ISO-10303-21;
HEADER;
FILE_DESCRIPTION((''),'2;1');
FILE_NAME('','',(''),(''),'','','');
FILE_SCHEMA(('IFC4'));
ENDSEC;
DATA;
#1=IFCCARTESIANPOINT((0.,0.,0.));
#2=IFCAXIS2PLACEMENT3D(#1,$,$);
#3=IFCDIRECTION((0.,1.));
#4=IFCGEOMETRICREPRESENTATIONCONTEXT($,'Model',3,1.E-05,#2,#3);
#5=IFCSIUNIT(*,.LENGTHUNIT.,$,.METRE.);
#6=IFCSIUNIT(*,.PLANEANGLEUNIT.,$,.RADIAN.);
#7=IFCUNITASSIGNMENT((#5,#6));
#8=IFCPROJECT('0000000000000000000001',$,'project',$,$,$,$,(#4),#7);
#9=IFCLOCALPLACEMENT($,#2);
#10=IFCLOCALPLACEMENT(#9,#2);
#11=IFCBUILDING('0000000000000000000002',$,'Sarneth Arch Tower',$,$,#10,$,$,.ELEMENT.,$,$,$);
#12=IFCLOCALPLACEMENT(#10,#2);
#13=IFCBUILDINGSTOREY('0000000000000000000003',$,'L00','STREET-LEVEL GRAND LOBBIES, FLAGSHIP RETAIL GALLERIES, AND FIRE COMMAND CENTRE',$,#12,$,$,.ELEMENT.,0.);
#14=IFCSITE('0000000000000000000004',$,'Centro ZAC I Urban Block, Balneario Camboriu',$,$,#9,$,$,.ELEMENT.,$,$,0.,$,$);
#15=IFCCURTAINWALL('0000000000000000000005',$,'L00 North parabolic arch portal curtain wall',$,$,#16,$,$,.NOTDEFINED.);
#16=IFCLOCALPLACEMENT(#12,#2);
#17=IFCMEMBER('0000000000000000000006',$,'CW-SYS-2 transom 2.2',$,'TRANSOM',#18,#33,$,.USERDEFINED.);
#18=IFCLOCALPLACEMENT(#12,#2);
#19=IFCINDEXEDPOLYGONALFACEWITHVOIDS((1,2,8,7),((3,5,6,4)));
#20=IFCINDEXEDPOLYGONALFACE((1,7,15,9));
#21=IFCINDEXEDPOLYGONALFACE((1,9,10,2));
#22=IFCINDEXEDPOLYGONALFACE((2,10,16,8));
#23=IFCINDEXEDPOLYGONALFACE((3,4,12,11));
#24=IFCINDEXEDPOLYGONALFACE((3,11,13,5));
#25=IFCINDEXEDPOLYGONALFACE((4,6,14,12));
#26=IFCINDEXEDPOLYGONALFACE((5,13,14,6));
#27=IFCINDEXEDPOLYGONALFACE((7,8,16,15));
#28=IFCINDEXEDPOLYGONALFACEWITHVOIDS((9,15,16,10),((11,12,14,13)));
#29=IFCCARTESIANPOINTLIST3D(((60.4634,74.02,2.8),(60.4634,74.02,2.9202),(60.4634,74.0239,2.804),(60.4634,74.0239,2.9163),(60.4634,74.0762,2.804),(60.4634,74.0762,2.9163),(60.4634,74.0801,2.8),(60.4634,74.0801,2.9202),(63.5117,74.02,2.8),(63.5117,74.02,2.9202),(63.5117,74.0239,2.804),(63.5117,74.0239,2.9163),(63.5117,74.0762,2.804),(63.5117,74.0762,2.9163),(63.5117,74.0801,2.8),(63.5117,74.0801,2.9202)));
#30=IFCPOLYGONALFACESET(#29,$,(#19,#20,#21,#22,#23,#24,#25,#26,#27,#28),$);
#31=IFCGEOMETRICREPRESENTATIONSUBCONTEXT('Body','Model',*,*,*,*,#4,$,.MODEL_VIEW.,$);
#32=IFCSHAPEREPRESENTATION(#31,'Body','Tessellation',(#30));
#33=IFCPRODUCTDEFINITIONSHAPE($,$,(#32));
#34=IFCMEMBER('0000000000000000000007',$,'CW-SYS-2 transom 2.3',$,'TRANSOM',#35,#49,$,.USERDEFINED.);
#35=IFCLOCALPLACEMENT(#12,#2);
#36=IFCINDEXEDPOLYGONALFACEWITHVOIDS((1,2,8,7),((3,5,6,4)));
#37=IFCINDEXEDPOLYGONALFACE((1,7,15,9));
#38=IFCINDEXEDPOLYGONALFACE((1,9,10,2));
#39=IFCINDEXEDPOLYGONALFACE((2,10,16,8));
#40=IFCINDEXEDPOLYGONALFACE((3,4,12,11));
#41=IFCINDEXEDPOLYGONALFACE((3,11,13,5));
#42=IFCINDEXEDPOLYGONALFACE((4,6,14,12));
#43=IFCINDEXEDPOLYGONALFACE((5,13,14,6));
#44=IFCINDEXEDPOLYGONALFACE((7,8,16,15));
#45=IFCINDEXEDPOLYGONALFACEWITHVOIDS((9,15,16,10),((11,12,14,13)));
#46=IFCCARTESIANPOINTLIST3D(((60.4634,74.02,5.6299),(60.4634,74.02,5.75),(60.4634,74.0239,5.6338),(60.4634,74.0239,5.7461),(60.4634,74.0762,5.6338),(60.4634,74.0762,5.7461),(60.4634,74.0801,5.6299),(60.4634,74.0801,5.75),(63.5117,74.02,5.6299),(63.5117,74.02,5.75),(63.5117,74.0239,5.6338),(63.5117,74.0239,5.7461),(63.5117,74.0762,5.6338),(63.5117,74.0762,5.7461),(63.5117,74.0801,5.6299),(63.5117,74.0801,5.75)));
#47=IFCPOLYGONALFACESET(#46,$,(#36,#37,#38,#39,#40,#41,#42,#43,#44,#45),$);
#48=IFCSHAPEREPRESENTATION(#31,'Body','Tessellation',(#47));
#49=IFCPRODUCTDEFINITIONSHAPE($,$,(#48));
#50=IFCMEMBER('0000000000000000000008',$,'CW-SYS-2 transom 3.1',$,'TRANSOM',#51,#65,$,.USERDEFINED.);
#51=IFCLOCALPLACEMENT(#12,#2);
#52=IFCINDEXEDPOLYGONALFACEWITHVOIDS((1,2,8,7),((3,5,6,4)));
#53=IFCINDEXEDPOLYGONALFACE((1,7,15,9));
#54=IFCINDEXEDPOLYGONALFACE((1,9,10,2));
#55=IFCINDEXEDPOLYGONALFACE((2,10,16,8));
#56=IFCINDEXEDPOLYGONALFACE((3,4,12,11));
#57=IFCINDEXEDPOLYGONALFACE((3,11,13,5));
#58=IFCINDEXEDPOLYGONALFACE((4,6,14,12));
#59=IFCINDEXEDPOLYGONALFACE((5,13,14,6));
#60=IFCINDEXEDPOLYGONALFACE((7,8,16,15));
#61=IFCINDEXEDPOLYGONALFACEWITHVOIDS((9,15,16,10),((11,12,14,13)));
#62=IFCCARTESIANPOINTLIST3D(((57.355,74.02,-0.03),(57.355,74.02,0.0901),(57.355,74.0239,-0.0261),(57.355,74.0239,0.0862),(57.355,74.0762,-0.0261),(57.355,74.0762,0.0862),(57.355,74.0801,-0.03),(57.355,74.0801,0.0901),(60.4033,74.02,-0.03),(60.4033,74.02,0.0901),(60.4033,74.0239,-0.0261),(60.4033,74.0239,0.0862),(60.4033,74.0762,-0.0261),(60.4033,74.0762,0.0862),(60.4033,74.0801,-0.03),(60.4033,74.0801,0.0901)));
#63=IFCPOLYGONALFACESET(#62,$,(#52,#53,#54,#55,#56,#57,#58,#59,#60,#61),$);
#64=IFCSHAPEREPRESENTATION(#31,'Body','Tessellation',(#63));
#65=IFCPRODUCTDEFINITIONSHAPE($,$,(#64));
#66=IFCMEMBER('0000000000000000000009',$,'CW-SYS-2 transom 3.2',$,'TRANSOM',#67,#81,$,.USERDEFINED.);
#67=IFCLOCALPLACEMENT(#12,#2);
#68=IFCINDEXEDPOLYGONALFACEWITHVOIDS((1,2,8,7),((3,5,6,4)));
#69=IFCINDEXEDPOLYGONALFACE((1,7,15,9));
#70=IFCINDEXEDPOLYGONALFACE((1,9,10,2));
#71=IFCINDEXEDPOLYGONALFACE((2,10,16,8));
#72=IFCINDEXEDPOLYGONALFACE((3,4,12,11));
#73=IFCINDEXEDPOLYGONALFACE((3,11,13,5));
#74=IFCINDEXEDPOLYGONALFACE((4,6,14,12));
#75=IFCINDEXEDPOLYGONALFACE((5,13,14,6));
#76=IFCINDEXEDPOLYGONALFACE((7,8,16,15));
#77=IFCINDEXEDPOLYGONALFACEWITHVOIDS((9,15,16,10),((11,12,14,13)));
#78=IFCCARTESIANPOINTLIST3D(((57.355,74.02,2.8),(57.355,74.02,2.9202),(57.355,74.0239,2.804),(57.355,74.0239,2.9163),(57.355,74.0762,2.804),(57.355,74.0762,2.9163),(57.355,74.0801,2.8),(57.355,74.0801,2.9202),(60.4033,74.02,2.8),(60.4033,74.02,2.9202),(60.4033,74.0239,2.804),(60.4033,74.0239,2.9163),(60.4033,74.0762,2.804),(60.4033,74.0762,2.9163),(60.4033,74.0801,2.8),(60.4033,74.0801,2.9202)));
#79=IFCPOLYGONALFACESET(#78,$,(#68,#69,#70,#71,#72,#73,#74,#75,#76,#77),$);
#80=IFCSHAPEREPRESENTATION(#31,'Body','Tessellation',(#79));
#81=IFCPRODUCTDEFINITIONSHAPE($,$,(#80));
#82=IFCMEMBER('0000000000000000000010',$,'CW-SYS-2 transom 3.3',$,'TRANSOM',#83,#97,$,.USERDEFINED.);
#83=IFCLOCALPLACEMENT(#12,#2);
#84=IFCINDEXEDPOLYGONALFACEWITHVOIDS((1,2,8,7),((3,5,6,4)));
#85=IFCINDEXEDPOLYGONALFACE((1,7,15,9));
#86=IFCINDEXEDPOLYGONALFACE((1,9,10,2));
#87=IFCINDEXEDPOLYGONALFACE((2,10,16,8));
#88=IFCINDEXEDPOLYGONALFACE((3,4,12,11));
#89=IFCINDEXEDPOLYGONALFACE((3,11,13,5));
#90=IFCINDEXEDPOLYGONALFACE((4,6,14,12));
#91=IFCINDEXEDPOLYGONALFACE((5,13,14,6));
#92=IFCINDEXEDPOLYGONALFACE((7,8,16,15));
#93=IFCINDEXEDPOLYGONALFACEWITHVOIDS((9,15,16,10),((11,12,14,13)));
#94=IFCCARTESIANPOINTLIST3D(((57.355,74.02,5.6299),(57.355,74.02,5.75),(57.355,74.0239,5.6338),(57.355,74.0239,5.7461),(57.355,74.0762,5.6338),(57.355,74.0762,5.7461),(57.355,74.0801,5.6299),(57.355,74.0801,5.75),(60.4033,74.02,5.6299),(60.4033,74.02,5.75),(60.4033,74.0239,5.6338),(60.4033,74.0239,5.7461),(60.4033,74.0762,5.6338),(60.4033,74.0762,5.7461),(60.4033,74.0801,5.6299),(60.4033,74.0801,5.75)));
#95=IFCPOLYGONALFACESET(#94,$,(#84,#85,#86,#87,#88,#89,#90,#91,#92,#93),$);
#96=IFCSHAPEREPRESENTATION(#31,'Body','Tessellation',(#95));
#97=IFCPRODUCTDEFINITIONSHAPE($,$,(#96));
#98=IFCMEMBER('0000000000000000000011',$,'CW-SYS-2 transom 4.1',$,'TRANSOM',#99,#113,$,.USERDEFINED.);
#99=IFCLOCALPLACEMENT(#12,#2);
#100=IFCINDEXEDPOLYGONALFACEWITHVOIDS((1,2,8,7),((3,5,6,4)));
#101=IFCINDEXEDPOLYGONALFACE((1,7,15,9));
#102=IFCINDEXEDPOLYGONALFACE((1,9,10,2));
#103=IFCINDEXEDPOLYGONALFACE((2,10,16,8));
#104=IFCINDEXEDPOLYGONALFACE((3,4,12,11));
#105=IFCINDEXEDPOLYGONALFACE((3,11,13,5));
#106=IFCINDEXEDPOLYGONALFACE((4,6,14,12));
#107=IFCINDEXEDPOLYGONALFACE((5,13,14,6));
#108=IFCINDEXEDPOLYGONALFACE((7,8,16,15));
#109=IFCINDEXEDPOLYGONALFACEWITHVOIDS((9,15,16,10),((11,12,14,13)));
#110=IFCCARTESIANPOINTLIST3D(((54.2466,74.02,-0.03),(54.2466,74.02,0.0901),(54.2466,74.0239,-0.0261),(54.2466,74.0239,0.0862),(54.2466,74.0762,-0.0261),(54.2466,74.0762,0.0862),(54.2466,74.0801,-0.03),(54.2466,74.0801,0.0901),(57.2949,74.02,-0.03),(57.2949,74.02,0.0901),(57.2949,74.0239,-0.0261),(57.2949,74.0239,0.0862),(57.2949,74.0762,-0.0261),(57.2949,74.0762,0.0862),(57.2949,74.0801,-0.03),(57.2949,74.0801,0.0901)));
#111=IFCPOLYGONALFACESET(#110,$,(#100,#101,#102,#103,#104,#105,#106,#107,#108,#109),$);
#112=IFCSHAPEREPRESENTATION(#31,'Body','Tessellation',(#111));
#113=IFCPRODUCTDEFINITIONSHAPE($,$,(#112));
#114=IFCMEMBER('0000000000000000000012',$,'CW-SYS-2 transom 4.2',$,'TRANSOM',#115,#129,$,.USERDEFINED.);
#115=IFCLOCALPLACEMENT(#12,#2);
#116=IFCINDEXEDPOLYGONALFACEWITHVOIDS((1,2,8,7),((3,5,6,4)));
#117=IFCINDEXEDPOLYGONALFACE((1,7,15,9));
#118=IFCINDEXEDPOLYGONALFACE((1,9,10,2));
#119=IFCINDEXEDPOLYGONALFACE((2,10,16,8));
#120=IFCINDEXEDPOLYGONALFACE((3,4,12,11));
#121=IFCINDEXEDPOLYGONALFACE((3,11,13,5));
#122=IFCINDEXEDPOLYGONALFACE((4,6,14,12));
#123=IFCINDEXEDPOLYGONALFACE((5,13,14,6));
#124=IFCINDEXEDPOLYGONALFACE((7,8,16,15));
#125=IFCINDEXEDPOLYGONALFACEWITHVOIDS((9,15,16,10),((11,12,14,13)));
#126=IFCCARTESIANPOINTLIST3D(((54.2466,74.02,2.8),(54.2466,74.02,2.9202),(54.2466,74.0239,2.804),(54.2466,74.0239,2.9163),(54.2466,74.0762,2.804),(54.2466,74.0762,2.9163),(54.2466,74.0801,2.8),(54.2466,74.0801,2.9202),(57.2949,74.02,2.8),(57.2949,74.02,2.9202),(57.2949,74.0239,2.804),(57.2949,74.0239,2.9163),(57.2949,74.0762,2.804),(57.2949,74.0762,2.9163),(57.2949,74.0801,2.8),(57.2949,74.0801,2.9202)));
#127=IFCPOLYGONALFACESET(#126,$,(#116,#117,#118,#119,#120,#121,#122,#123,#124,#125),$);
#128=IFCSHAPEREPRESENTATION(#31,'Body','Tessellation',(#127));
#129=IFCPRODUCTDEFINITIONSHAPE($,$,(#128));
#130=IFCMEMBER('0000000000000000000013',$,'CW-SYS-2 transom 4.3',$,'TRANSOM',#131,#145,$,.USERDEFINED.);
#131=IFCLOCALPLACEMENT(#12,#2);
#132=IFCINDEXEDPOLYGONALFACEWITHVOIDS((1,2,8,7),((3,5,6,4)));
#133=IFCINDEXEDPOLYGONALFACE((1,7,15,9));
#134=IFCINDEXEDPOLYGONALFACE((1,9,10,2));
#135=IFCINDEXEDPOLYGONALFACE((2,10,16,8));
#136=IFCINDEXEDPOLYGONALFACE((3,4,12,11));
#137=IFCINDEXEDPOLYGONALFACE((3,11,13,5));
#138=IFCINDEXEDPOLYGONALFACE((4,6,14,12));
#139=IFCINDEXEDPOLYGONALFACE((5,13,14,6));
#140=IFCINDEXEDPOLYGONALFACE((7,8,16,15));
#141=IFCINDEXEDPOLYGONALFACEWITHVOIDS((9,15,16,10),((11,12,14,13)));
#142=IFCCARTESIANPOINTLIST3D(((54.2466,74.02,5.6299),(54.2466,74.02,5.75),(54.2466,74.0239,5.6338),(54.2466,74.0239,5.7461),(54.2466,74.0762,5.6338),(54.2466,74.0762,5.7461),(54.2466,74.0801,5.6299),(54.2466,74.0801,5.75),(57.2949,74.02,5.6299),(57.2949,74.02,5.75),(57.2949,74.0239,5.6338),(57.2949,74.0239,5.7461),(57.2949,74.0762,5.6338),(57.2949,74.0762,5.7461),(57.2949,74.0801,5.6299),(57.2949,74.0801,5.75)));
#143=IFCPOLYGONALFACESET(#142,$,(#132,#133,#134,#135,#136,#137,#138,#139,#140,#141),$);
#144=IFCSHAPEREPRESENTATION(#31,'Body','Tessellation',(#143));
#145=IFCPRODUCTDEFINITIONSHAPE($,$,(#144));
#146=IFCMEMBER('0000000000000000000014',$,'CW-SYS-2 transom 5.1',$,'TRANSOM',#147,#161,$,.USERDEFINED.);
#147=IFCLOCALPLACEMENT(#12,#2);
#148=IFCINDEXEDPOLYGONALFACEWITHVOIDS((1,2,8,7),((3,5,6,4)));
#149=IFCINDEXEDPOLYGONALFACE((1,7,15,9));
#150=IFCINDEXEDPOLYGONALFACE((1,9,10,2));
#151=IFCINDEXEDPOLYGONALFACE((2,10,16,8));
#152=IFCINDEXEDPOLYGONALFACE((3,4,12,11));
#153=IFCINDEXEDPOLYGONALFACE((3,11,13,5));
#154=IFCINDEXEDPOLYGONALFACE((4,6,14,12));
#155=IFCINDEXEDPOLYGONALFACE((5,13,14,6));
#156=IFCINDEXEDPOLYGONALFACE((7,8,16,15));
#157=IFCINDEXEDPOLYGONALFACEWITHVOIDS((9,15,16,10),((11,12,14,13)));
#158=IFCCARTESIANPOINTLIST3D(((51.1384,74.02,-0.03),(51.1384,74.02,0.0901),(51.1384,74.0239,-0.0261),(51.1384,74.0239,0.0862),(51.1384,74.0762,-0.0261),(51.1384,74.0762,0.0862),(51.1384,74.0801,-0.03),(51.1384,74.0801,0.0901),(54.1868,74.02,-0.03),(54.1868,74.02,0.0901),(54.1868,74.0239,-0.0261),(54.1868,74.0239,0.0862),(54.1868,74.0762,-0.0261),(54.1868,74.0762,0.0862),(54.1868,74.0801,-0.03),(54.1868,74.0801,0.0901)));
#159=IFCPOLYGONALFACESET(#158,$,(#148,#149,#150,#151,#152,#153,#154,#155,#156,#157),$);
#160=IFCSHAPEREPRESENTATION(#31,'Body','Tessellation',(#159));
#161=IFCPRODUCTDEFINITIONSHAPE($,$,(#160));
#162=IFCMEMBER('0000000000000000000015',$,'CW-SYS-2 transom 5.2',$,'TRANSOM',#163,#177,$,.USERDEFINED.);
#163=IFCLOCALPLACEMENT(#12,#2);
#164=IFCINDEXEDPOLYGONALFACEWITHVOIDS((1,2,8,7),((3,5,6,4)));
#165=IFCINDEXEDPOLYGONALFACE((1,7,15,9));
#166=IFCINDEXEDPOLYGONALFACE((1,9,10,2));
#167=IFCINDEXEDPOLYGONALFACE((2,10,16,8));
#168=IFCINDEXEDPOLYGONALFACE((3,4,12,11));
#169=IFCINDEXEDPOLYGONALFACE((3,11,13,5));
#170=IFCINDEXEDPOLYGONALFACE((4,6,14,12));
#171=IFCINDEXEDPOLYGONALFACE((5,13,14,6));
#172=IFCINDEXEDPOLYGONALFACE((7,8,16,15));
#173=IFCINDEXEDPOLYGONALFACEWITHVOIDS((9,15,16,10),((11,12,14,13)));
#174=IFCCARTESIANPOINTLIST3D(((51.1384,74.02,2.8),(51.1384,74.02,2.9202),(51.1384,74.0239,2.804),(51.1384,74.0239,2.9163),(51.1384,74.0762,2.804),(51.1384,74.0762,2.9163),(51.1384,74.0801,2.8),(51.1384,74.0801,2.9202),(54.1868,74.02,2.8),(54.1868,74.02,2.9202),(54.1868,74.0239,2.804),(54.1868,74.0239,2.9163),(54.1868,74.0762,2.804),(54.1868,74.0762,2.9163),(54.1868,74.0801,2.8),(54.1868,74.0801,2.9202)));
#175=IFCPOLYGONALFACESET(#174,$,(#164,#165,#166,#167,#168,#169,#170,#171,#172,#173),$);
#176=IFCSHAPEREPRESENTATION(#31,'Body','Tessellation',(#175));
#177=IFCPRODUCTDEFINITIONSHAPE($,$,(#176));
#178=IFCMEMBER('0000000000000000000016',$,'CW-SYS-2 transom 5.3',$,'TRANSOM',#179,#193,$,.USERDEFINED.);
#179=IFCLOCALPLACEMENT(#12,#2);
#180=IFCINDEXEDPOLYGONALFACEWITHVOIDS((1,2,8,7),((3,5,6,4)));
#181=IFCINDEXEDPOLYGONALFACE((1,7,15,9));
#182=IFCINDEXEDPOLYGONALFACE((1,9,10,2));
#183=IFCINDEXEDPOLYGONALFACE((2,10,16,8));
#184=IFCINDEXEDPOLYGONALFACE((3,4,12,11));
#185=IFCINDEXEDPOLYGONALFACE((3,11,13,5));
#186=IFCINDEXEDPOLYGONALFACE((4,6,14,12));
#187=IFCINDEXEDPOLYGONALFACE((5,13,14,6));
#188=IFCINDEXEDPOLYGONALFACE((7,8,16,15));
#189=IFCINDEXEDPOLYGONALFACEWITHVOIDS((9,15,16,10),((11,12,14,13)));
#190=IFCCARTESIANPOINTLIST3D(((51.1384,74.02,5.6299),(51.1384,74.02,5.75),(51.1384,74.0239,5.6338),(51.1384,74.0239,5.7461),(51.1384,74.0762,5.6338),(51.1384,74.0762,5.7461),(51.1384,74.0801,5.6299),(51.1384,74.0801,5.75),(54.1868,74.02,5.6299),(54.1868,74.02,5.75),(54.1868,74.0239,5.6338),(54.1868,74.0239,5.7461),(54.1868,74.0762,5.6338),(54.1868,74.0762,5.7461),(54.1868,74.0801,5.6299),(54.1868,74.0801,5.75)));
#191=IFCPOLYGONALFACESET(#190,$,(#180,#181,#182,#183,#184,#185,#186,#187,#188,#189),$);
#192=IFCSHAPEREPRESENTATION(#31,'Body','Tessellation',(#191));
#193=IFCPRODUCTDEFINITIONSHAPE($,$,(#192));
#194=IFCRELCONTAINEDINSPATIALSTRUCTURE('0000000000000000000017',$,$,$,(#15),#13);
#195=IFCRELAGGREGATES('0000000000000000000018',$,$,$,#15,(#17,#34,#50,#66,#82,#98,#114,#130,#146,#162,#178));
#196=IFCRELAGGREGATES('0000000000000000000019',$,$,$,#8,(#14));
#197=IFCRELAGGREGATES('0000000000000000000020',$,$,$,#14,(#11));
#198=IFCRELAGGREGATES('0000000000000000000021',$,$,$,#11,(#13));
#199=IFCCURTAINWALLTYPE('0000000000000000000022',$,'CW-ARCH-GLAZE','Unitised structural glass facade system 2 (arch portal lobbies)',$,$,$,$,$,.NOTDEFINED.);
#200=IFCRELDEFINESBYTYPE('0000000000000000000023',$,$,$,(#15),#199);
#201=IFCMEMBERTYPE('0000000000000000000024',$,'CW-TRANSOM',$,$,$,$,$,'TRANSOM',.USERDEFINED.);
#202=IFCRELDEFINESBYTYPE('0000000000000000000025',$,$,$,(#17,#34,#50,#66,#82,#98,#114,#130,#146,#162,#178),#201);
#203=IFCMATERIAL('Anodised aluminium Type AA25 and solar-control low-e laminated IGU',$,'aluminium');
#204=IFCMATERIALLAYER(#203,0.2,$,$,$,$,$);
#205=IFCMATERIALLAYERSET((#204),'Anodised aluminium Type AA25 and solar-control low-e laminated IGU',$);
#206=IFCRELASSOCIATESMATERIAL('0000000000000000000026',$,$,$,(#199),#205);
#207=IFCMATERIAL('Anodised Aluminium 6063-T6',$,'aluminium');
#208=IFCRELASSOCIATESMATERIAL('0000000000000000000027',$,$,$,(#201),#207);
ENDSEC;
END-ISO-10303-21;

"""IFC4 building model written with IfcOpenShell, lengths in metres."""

from ifc_helpers import new_model, si_unit, direction, frame, origin, origin_2d, place, context, subcontext, project, spatial, hollow_rectangle, extrude, material, layer, layer_set, material_profile, profile_set, type_object, element, aggregate, save


model = new_model("IFC4")

# Units and contexts
model_context = context("Model", 3, precision=1e-05, world=origin(), true_north=direction((0.0, 1.0)))
body_context = subcontext(model_context, "Body", "Model", "MODEL_VIEW")
ifc_project = project(units=[si_unit("LENGTHUNIT", "METRE"), si_unit("PLANEANGLEUNIT", "RADIAN")], contexts=[model_context])

# Site, building, storey
site_placement = place(None, origin())
site = spatial("IfcSite", under=ifc_project, at=site_placement, Name="Centro ZAC I Urban Block, Balneario Camboriu", CompositionType="ELEMENT", RefElevation=0.0)
building_placement = place(site_placement, origin())
building = spatial("IfcBuilding", under=site, at=building_placement, Name="Sarneth Arch Tower", CompositionType="ELEMENT")
storey_placement = place(building_placement, origin())
storey = spatial("IfcBuildingStorey", under=building, at=storey_placement, Name="L00", Description="STREET-LEVEL GRAND LOBBIES, FLAGSHIP RETAIL GALLERIES, AND FIRE COMMAND CENTRE", CompositionType="ELEMENT", Elevation=0.0)

# Curtain wall, members
ifc_material_1 = material(Name="Anodised aluminium Type AA25 and solar-control low-e laminated IGU", Category="aluminium")
ifc_layer_1 = layer(ifc_material_1, 0.2)
ifc_layer_set_1 = layer_set([ifc_layer_1], Name="Anodised aluminium Type AA25 and solar-control low-e laminated IGU")
curtain_wall_type = type_object("IfcCurtainWallType", Name="CW-ARCH-GLAZE", Description="Unitised structural glass facade system 2 (arch portal lobbies)", PredefinedType="NOTDEFINED", material=ifc_layer_set_1)
curtain_wall_placement = place(storey_placement, origin())
curtain_wall = element("IfcCurtainWall", 1, at=curtain_wall_placement, inside=storey, type_object=curtain_wall_type, Name="L00 North parabolic arch portal curtain wall", PredefinedType="NOTDEFINED")
ifc_material_2 = material(Name="Anodised Aluminium 6063-T6", Category="aluminium")
ifc_material_profile_1 = material_profile(ifc_material_2, hollow_rectangle(XDim=0.0601, YDim=0.1201, WallThickness=0.0039, at=origin_2d()), Name="AL-TRAN-120x60x4")
ifc_profile_set_1 = profile_set([ifc_material_profile_1], Name="Anodised Aluminium 6063-T6")
member_type_1 = type_object("IfcMemberType", Name="CW-TRANSOM", ElementType="TRANSOM", PredefinedType="USERDEFINED", material=ifc_profile_set_1)
member_1_placement = place(storey_placement, frame((63.5117, 74.05, 2.8601), z_axis=(-1.0, 0.0, 0.0), x_axis=(0.0, -1.0, 0.0)))
member_1 = element("IfcMember", 2, at=member_1_placement, type_object=member_type_1, Name="CW-SYS-2 transom 2.2", ObjectType="TRANSOM", PredefinedType="USERDEFINED", context=body_context, shape_type="SweptSolid", body=[
    extrude(hollow_rectangle(XDim=0.0601, YDim=0.1201, WallThickness=0.0039, at=origin_2d()), origin(), (0.0, 0.0, 1.0), 3.0483),
])
member_2_placement = place(storey_placement, frame((63.5117, 74.05, 5.6899), z_axis=(-1.0, 0.0, 0.0), x_axis=(0.0, -1.0, 0.0)))
member_2 = element("IfcMember", 3, at=member_2_placement, type_object=member_type_1, Name="CW-SYS-2 transom 2.3", ObjectType="TRANSOM", PredefinedType="USERDEFINED", context=body_context, shape_type="SweptSolid", body=[
    extrude(hollow_rectangle(XDim=0.0601, YDim=0.1201, WallThickness=0.0039, at=origin_2d()), origin(), (0.0, 0.0, 1.0), 3.0483),
])
member_3_placement = place(storey_placement, frame((60.4033, 74.05, 0.03), z_axis=(-1.0, 0.0, 0.0), x_axis=(0.0, -1.0, 0.0)))
member_3 = element("IfcMember", 4, at=member_3_placement, type_object=member_type_1, Name="CW-SYS-2 transom 3.1", ObjectType="TRANSOM", PredefinedType="USERDEFINED", context=body_context, shape_type="SweptSolid", body=[
    extrude(hollow_rectangle(XDim=0.0601, YDim=0.1201, WallThickness=0.0039, at=origin_2d()), origin(), (0.0, 0.0, 1.0), 3.0483),
])
member_4_placement = place(storey_placement, frame((60.4033, 74.05, 2.8601), z_axis=(-1.0, 0.0, 0.0), x_axis=(0.0, -1.0, 0.0)))
member_4 = element("IfcMember", 5, at=member_4_placement, type_object=member_type_1, Name="CW-SYS-2 transom 3.2", ObjectType="TRANSOM", PredefinedType="USERDEFINED", context=body_context, shape_type="SweptSolid", body=[
    extrude(hollow_rectangle(XDim=0.0601, YDim=0.1201, WallThickness=0.0039, at=origin_2d()), origin(), (0.0, 0.0, 1.0), 3.0483),
])
member_5_placement = place(storey_placement, frame((60.4033, 74.05, 5.6899), z_axis=(-1.0, 0.0, 0.0), x_axis=(0.0, -1.0, 0.0)))
member_5 = element("IfcMember", 6, at=member_5_placement, type_object=member_type_1, Name="CW-SYS-2 transom 3.3", ObjectType="TRANSOM", PredefinedType="USERDEFINED", context=body_context, shape_type="SweptSolid", body=[
    extrude(hollow_rectangle(XDim=0.0601, YDim=0.1201, WallThickness=0.0039, at=origin_2d()), origin(), (0.0, 0.0, 1.0), 3.0483),
])
member_6_placement = place(storey_placement, frame((57.2949, 74.05, 0.03), z_axis=(-1.0, 0.0, 0.0), x_axis=(0.0, -1.0, 0.0)))
member_6 = element("IfcMember", 7, at=member_6_placement, type_object=member_type_1, Name="CW-SYS-2 transom 4.1", ObjectType="TRANSOM", PredefinedType="USERDEFINED", context=body_context, shape_type="SweptSolid", body=[
    extrude(hollow_rectangle(XDim=0.0601, YDim=0.1201, WallThickness=0.0039, at=origin_2d()), origin(), (0.0, 0.0, 1.0), 3.0483),
])
member_7_placement = place(storey_placement, frame((57.2949, 74.05, 2.8601), z_axis=(-1.0, 0.0, 0.0), x_axis=(0.0, -1.0, 0.0)))
member_7 = element("IfcMember", 8, at=member_7_placement, type_object=member_type_1, Name="CW-SYS-2 transom 4.2", ObjectType="TRANSOM", PredefinedType="USERDEFINED", context=body_context, shape_type="SweptSolid", body=[
    extrude(hollow_rectangle(XDim=0.0601, YDim=0.1201, WallThickness=0.0039, at=origin_2d()), origin(), (0.0, 0.0, 1.0), 3.0483),
])
member_8_placement = place(storey_placement, frame((57.2949, 74.05, 5.6899), z_axis=(-1.0, 0.0, 0.0), x_axis=(0.0, -1.0, 0.0)))
member_8 = element("IfcMember", 9, at=member_8_placement, type_object=member_type_1, Name="CW-SYS-2 transom 4.3", ObjectType="TRANSOM", PredefinedType="USERDEFINED", context=body_context, shape_type="SweptSolid", body=[
    extrude(hollow_rectangle(XDim=0.0601, YDim=0.1201, WallThickness=0.0039, at=origin_2d()), origin(), (0.0, 0.0, 1.0), 3.0483),
])
member_9_placement = place(storey_placement, frame((54.1868, 74.05, 0.03), z_axis=(-1.0, 0.0, 0.0), x_axis=(0.0, -1.0, 0.0)))
member_9 = element("IfcMember", 10, at=member_9_placement, type_object=member_type_1, Name="CW-SYS-2 transom 5.1", ObjectType="TRANSOM", PredefinedType="USERDEFINED", context=body_context, shape_type="SweptSolid", body=[
    extrude(hollow_rectangle(XDim=0.0601, YDim=0.1201, WallThickness=0.0039, at=origin_2d()), origin(), (0.0, 0.0, 1.0), 3.0483),
])
member_10_placement = place(storey_placement, frame((54.1868, 74.05, 2.8601), z_axis=(-1.0, 0.0, 0.0), x_axis=(0.0, -1.0, 0.0)))
member_10 = element("IfcMember", 11, at=member_10_placement, type_object=member_type_1, Name="CW-SYS-2 transom 5.2", ObjectType="TRANSOM", PredefinedType="USERDEFINED", context=body_context, shape_type="SweptSolid", body=[
    extrude(hollow_rectangle(XDim=0.0601, YDim=0.1201, WallThickness=0.0039, at=origin_2d()), origin(), (0.0, 0.0, 1.0), 3.0483),
])
member_11_placement = place(storey_placement, frame((54.1868, 74.05, 5.6899), z_axis=(-1.0, 0.0, 0.0), x_axis=(0.0, -1.0, 0.0)))
member_11 = element("IfcMember", 12, at=member_11_placement, type_object=member_type_1, Name="CW-SYS-2 transom 5.3", ObjectType="TRANSOM", PredefinedType="USERDEFINED", context=body_context, shape_type="SweptSolid", body=[
    extrude(hollow_rectangle(XDim=0.0601, YDim=0.1201, WallThickness=0.0039, at=origin_2d()), origin(), (0.0, 0.0, 1.0), 3.0483),
])

aggregate(curtain_wall, [member_1, member_2, member_3, member_4, member_5, member_6, member_7, member_8, member_9, member_10, member_11])

save(model, "model.ifc")
